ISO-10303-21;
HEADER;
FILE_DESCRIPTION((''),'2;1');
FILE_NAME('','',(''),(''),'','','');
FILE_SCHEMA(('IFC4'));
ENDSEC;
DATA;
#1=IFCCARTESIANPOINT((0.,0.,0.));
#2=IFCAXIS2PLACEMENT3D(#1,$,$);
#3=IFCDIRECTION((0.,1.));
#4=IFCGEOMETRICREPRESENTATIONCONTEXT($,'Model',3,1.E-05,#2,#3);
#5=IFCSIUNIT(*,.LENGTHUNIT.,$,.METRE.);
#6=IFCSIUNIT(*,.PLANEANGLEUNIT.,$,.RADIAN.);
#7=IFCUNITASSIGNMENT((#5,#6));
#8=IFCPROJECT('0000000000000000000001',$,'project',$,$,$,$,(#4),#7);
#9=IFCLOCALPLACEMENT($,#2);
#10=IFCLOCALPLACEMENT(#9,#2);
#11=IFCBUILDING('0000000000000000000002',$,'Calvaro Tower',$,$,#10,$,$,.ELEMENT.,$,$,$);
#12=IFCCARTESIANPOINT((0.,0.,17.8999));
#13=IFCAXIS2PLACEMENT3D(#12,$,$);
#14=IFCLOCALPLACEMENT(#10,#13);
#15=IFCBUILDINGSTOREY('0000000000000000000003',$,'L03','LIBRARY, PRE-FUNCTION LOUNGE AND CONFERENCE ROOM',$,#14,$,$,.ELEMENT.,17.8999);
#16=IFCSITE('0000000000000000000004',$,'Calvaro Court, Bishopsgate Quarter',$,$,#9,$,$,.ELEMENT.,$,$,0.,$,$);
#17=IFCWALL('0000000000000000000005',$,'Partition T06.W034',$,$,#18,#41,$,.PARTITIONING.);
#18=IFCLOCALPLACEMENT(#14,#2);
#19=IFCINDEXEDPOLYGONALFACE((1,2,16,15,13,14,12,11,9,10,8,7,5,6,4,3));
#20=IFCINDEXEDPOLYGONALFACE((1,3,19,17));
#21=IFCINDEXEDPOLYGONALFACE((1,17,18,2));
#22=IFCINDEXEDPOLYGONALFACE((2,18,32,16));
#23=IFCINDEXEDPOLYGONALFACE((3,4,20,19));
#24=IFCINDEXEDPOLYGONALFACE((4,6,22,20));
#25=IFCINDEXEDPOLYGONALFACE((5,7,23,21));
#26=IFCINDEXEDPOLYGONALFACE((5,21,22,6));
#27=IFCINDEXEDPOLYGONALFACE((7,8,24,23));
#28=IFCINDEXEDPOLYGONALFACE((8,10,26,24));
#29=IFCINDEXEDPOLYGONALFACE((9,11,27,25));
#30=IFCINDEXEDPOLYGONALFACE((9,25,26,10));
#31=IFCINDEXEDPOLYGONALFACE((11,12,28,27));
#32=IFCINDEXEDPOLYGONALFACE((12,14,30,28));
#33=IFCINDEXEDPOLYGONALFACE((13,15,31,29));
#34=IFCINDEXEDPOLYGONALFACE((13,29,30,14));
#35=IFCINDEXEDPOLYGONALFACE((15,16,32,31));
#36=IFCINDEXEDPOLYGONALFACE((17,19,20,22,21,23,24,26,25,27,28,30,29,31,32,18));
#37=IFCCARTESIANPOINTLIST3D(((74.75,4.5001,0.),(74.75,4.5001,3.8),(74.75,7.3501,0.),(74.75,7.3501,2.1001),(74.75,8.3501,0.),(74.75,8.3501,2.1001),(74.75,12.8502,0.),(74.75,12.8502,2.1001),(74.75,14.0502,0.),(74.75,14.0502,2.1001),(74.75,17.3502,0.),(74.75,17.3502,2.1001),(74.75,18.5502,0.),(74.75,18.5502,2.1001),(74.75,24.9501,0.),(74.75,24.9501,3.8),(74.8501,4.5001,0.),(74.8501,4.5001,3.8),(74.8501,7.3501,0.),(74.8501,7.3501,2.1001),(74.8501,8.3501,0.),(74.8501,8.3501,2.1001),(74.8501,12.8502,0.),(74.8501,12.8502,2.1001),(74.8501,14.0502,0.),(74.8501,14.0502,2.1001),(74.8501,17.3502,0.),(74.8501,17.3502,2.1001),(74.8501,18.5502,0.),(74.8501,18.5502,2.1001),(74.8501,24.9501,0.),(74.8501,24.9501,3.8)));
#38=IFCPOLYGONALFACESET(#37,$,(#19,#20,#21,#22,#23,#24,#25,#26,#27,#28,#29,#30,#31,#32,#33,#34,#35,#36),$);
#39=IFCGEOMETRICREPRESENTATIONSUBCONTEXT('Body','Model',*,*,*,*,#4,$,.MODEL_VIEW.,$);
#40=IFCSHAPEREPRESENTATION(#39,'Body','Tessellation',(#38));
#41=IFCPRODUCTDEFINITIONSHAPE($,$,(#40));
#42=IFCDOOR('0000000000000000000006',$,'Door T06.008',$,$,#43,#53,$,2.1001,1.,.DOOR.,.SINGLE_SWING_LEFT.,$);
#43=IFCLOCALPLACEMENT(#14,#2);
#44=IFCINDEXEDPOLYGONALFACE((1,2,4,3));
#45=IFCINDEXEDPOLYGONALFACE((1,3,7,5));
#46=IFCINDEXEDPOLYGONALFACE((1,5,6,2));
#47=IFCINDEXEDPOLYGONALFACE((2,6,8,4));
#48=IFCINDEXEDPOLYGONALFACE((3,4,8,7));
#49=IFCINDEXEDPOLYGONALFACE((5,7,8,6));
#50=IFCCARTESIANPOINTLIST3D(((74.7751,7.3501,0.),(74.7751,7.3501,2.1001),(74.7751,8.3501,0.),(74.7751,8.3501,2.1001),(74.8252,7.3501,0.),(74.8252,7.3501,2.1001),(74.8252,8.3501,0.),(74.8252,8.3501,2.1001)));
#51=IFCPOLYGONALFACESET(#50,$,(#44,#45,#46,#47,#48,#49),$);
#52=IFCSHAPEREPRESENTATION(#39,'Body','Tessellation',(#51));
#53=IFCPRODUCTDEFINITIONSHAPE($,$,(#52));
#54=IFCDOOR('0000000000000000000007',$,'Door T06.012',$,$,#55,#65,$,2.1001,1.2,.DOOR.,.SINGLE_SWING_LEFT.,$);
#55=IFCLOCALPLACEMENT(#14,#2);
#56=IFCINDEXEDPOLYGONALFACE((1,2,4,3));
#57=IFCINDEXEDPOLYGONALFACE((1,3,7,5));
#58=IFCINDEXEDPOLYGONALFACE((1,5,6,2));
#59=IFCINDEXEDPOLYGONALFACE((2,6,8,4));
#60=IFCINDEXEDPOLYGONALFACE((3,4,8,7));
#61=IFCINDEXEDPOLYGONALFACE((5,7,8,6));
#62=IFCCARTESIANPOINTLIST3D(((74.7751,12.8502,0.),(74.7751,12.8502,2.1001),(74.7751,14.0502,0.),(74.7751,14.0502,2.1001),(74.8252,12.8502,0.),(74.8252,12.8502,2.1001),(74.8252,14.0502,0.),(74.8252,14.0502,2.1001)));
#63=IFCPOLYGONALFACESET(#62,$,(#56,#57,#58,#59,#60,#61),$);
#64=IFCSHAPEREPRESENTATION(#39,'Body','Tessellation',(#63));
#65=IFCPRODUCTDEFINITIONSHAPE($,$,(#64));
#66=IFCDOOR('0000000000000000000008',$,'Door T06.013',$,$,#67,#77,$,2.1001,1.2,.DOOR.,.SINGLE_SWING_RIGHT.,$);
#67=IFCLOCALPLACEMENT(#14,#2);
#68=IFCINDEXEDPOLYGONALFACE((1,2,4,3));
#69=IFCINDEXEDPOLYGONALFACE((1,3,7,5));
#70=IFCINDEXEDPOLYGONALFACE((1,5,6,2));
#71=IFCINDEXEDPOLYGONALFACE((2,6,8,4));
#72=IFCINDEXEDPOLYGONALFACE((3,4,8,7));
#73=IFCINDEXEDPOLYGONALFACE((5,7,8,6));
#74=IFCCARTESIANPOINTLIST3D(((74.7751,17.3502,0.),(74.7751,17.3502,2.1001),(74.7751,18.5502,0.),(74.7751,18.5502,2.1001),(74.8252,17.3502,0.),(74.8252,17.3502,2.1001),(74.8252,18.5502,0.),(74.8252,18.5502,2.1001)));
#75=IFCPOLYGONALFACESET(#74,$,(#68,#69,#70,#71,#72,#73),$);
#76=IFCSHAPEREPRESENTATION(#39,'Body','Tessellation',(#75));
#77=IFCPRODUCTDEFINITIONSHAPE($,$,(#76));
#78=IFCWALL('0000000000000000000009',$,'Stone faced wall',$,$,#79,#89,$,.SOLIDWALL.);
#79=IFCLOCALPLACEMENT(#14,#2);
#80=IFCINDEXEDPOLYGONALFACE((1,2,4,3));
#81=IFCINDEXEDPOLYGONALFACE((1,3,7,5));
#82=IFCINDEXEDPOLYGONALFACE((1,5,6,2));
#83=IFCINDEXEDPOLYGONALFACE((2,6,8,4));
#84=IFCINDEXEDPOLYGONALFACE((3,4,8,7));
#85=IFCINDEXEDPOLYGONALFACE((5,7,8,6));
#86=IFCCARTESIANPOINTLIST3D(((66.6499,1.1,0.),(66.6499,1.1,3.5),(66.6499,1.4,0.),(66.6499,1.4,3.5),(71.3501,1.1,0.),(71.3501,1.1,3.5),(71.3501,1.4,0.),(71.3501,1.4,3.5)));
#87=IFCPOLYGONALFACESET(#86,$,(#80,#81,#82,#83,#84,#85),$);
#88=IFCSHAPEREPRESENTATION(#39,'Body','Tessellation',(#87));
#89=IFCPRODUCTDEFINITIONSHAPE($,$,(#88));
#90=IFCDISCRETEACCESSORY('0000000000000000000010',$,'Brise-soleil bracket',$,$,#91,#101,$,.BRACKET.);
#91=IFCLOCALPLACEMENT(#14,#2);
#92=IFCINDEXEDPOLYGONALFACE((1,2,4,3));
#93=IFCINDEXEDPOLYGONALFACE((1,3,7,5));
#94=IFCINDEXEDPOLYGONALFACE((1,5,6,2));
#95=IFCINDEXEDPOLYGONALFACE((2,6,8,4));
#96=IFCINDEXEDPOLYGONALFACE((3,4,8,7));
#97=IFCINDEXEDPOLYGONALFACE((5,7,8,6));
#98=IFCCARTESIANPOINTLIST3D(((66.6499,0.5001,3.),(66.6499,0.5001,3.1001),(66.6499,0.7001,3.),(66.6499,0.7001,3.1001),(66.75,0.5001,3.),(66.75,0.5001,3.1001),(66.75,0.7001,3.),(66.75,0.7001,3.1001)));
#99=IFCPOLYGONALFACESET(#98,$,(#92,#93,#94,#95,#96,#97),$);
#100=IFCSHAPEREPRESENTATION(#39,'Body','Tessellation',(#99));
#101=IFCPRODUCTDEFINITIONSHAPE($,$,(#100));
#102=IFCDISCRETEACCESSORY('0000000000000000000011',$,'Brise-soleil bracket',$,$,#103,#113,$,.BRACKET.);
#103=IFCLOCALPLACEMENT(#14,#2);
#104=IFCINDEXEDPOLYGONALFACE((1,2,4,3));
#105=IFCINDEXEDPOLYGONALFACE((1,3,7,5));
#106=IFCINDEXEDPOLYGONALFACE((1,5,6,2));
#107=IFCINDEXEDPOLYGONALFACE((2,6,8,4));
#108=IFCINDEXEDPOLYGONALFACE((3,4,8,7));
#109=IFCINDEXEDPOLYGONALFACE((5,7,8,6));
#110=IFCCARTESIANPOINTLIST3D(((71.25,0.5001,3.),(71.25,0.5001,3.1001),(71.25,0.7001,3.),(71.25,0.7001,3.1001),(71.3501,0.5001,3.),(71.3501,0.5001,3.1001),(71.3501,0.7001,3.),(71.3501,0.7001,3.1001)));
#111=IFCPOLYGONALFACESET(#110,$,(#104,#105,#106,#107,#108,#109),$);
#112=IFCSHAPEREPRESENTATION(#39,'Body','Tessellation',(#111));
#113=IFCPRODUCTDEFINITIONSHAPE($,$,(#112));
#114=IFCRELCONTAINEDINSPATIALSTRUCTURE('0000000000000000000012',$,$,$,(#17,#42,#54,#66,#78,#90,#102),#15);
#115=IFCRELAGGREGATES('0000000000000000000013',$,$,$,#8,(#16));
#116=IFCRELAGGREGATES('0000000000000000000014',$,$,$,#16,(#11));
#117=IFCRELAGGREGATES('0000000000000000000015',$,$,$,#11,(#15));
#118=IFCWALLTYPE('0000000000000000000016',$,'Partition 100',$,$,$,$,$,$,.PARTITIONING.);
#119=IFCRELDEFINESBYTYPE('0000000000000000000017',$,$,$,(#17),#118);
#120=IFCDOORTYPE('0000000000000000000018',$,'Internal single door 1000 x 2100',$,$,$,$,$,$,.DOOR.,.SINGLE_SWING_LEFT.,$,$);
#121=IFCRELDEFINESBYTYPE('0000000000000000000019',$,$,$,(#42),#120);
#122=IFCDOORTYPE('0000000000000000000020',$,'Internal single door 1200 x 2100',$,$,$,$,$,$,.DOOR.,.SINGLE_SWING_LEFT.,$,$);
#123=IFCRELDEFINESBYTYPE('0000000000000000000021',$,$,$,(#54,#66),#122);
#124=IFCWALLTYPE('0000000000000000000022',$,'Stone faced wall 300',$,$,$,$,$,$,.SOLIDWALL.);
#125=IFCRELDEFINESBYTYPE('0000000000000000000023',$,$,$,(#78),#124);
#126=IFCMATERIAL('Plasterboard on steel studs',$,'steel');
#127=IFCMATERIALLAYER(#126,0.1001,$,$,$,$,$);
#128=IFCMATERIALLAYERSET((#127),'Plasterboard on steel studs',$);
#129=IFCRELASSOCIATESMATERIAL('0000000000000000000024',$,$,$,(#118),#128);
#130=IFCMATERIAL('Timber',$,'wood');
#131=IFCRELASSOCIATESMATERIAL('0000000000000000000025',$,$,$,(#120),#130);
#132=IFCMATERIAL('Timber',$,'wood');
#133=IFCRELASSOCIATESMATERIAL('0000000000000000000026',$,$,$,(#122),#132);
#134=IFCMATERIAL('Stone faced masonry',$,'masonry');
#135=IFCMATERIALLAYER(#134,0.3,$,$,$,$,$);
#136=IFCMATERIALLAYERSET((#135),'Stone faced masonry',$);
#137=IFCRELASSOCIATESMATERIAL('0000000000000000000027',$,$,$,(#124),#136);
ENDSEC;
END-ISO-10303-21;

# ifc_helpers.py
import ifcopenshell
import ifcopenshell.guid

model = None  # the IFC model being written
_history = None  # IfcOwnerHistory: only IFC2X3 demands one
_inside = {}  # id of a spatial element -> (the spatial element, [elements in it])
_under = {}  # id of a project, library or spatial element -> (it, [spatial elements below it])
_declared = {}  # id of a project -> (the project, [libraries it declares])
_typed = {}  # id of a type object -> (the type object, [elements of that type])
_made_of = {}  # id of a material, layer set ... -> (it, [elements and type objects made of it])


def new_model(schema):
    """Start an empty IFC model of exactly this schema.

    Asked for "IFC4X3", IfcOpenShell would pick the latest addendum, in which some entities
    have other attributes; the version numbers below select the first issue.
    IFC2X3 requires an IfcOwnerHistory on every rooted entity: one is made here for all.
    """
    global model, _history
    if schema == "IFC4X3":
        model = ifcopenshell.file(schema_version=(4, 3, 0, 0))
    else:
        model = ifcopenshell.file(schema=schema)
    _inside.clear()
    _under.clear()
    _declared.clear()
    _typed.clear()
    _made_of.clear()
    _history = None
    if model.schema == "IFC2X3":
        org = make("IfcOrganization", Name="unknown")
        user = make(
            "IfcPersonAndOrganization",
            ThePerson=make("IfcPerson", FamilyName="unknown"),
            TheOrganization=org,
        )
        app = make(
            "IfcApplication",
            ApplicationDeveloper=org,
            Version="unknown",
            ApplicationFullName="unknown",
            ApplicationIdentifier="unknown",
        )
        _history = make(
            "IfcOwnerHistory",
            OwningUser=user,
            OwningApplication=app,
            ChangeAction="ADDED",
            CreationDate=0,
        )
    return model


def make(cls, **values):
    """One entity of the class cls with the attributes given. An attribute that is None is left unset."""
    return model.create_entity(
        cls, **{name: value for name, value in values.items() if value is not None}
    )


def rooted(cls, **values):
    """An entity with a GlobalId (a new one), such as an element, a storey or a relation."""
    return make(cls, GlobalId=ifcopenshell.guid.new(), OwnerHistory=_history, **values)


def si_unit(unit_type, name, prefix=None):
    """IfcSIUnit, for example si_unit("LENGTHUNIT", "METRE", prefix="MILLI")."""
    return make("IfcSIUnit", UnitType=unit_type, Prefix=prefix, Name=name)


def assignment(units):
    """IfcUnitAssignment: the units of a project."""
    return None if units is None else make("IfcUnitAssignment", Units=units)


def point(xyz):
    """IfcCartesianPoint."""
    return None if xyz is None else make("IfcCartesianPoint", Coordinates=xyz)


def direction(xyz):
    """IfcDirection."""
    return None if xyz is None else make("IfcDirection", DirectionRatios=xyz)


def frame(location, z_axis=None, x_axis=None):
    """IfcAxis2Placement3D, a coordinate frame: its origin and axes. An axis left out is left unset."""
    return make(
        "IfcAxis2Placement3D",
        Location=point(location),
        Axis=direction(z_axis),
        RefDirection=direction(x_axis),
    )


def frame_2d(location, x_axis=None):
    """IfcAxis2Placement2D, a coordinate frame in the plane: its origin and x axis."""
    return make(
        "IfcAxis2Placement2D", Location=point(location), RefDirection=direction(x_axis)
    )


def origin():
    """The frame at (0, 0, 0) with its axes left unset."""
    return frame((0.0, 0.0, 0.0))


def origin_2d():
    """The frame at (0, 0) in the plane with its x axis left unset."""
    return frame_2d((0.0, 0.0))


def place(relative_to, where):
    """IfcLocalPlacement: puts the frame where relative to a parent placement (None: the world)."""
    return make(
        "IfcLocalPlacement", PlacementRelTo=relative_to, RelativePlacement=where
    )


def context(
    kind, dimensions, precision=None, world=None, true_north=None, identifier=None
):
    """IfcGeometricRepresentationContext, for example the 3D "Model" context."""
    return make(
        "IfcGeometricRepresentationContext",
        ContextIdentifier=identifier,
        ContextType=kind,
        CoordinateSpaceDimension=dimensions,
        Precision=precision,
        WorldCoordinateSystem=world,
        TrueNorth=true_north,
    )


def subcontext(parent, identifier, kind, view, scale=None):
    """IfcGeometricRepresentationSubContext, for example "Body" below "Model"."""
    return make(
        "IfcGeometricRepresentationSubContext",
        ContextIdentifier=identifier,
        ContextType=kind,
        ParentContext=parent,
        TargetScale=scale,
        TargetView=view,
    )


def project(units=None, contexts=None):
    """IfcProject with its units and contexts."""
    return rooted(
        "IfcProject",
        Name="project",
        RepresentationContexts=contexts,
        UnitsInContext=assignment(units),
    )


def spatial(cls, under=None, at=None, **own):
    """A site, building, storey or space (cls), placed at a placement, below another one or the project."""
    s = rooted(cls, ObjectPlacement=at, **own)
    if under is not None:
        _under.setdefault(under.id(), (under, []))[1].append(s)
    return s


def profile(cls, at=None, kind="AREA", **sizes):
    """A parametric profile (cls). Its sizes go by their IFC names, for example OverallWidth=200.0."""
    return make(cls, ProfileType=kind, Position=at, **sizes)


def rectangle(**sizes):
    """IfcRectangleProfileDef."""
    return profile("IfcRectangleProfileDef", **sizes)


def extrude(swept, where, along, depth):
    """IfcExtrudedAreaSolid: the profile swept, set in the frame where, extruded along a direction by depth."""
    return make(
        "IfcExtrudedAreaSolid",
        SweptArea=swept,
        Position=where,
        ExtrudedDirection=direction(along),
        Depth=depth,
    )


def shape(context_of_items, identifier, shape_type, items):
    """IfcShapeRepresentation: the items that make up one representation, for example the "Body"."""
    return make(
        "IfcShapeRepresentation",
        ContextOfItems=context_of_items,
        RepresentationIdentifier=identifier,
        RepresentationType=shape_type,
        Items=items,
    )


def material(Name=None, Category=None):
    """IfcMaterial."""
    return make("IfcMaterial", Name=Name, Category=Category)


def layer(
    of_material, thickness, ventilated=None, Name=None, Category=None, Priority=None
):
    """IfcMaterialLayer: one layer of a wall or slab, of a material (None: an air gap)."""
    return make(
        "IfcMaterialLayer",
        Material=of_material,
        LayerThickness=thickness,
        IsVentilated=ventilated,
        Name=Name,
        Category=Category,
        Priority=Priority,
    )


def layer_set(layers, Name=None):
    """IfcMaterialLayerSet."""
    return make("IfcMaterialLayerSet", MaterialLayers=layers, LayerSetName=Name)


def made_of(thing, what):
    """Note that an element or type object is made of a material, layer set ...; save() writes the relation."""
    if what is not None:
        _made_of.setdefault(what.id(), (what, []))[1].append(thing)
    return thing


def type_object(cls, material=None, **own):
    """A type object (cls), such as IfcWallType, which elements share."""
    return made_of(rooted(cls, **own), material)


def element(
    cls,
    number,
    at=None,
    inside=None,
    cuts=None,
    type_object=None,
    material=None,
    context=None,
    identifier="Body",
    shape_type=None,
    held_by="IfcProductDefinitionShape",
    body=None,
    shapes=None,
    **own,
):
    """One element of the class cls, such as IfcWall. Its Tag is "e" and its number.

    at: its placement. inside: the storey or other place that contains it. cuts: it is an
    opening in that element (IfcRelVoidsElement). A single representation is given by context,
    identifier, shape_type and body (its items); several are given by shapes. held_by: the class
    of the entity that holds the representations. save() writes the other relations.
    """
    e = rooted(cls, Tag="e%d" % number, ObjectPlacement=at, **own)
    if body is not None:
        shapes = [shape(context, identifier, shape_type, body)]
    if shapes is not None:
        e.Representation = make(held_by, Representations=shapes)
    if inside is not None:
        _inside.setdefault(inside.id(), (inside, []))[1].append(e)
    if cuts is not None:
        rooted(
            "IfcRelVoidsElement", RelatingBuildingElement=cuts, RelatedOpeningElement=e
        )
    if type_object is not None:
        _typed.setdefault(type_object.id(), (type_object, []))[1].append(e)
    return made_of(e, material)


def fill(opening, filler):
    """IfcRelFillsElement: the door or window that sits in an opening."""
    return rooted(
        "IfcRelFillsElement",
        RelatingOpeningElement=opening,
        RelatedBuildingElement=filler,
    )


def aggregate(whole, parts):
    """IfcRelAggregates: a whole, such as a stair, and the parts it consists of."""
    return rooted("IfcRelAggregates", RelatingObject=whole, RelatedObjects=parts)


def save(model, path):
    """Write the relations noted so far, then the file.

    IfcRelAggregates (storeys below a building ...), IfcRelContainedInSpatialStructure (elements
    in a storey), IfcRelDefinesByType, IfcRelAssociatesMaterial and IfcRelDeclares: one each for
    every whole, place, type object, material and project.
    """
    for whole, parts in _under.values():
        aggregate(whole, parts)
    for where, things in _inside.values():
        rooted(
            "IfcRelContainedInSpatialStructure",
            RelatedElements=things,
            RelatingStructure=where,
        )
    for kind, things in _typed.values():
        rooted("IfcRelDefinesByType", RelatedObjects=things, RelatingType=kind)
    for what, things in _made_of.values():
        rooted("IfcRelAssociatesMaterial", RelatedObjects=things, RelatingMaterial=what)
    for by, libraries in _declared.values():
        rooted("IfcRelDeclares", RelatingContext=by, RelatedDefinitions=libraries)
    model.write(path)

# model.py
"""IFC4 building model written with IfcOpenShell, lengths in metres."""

from ifc_helpers import new_model, si_unit, direction, frame, frame_2d, origin, origin_2d, place, context, subcontext, project, spatial, rectangle, extrude, material, layer, layer_set, type_object, element, fill, save


model = new_model("IFC4")

# Units and contexts
model_context = context("Model", 3, precision=1e-05, world=origin(), true_north=direction((0.0, 1.0)))
body_context = subcontext(model_context, "Body", "Model", "MODEL_VIEW")
ifc_project = project(units=[si_unit("LENGTHUNIT", "METRE"), si_unit("PLANEANGLEUNIT", "RADIAN")], contexts=[model_context])

# Site, building, storey
site_placement = place(None, origin())
site = spatial("IfcSite", under=ifc_project, at=site_placement, Name="Calvaro Court, Bishopsgate Quarter", CompositionType="ELEMENT", RefElevation=0.0)
building_placement = place(site_placement, origin())
building = spatial("IfcBuilding", under=site, at=building_placement, Name="Calvaro Tower", CompositionType="ELEMENT")
storey_placement = place(building_placement, frame((0.0, 0.0, 17.8999)))
storey = spatial("IfcBuildingStorey", under=building, at=storey_placement, Name="L03", Description="LIBRARY, PRE-FUNCTION LOUNGE AND CONFERENCE ROOM", CompositionType="ELEMENT", Elevation=17.8999)

# Shared definitions
ifc_material_1 = material(Name="Plasterboard on steel studs", Category="steel")
ifc_layer_1 = layer(ifc_material_1, 0.1001)
ifc_layer_set_1 = layer_set([ifc_layer_1], Name="Plasterboard on steel studs")
wall_type_1 = type_object("IfcWallType", Name="Partition 100", PredefinedType="PARTITIONING", material=ifc_layer_set_1)

# Wall, openings, doors
wall_1_placement = place(storey_placement, frame((74.8, 4.5, 0.0), z_axis=(0.0, 0.0, 1.0), x_axis=(0.0, 1.0, 0.0)))
wall_1 = element("IfcWall", 1, at=wall_1_placement, inside=storey, type_object=wall_type_1, Name="Partition T06.W034", PredefinedType="PARTITIONING", context=body_context, shape_type="SweptSolid", body=[
    extrude(rectangle(XDim=20.45, YDim=0.1001, at=frame_2d((10.2251, 0.0))), origin(), (0.0, 0.0, 1.0), 3.8),
])
opening_1_placement = place(wall_1_placement, frame((2.8501, 0.0, 0.0)))
opening_1 = element("IfcOpeningElement", 2, at=opening_1_placement, cuts=wall_1, PredefinedType="OPENING", context=body_context, shape_type="SweptSolid", body=[
    extrude(rectangle(XDim=1.0, YDim=2.1001, at=frame_2d((0.5, 1.05))), frame((0.0, 0.0601, 0.0), z_axis=(0.0, -1.0, 0.0), x_axis=(1.0, 0.0, 0.0)), (0.0, 0.0, 1.0), 0.1201),
])
opening_2_placement = place(wall_1_placement, frame((8.3501, 0.0, 0.0)))
opening_2 = element("IfcOpeningElement", 3, at=opening_2_placement, cuts=wall_1, PredefinedType="OPENING", context=body_context, shape_type="SweptSolid", body=[
    extrude(rectangle(XDim=1.2, YDim=2.1001, at=frame_2d((0.6001, 1.05))), frame((0.0, 0.0601, 0.0), z_axis=(0.0, -1.0, 0.0), x_axis=(1.0, 0.0, 0.0)), (0.0, 0.0, 1.0), 0.1201),
])
opening_3_placement = place(wall_1_placement, frame((12.8501, 0.0, 0.0)))
opening_3 = element("IfcOpeningElement", 4, at=opening_3_placement, cuts=wall_1, PredefinedType="OPENING", context=body_context, shape_type="SweptSolid", body=[
    extrude(rectangle(XDim=1.2, YDim=2.1001, at=frame_2d((0.6001, 1.05))), frame((0.0, 0.0601, 0.0), z_axis=(0.0, -1.0, 0.0), x_axis=(1.0, 0.0, 0.0)), (0.0, 0.0, 1.0), 0.1201),
])
ifc_material_2 = material(Name="Timber", Category="wood")
door_type_1 = type_object("IfcDoorType", Name="Internal single door 1000 x 2100", OperationType="SINGLE_SWING_LEFT", PredefinedType="DOOR", material=ifc_material_2)
door_1_placement = place(opening_1_placement, origin())
door_1 = element("IfcDoor", 5, at=door_1_placement, inside=storey, type_object=door_type_1, Name="Door T06.008", OperationType="SINGLE_SWING_LEFT", OverallHeight=2.1001, OverallWidth=1.0, PredefinedType="DOOR", context=body_context, shape_type="SweptSolid", body=[
    extrude(rectangle(XDim=1.0, YDim=2.1001, at=frame_2d((0.5, 1.05))), frame((0.0, 0.0249, 0.0), z_axis=(0.0, -1.0, 0.0), x_axis=(1.0, 0.0, 0.0)), (0.0, 0.0, 1.0), 0.05),
])
fill(opening_1, door_1)
ifc_material_3 = material(Name="Timber", Category="wood")
door_type_2 = type_object("IfcDoorType", Name="Internal single door 1200 x 2100", OperationType="SINGLE_SWING_LEFT", PredefinedType="DOOR", material=ifc_material_3)
door_2_placement = place(opening_2_placement, origin())
door_2 = element("IfcDoor", 6, at=door_2_placement, inside=storey, type_object=door_type_2, Name="Door T06.012", OperationType="SINGLE_SWING_LEFT", OverallHeight=2.1001, OverallWidth=1.2, PredefinedType="DOOR", context=body_context, shape_type="SweptSolid", body=[
    extrude(rectangle(XDim=1.2, YDim=2.1001, at=frame_2d((0.6001, 1.05))), frame((0.0, 0.0249, 0.0), z_axis=(0.0, -1.0, 0.0), x_axis=(1.0, 0.0, 0.0)), (0.0, 0.0, 1.0), 0.05),
])
fill(opening_2, door_2)
door_3_placement = place(opening_3_placement, origin())
door_3 = element("IfcDoor", 7, at=door_3_placement, inside=storey, type_object=door_type_2, Name="Door T06.013", OperationType="SINGLE_SWING_RIGHT", OverallHeight=2.1001, OverallWidth=1.2, PredefinedType="DOOR", context=body_context, shape_type="SweptSolid", body=[
    extrude(rectangle(XDim=1.2, YDim=2.1001, at=frame_2d((0.6001, 1.05))), frame((0.0, 0.0249, 0.0), z_axis=(0.0, -1.0, 0.0), x_axis=(1.0, 0.0, 0.0)), (0.0, 0.0, 1.0), 0.05),
])
fill(opening_3, door_3)

# Wall
ifc_material_4 = material(Name="Stone faced masonry", Category="masonry")
ifc_layer_2 = layer(ifc_material_4, 0.3)
ifc_layer_set_2 = layer_set([ifc_layer_2], Name="Stone faced masonry")
wall_type_2 = type_object("IfcWallType", Name="Stone faced wall 300", PredefinedType="SOLIDWALL", material=ifc_layer_set_2)
wall_2_placement = place(storey_placement, frame((66.6499, 1.25, 0.0), z_axis=(0.0, 0.0, 1.0), x_axis=(1.0, 0.0, 0.0)))
element("IfcWall", 8, at=wall_2_placement, inside=storey, type_object=wall_type_2, Name="Stone faced wall", PredefinedType="SOLIDWALL", context=body_context, shape_type="SweptSolid", body=[
    extrude(rectangle(XDim=4.7002, YDim=0.3, at=frame_2d((2.3501, 0.0))), origin(), (0.0, 0.0, 1.0), 3.5),
])

# Discrete accessories
for number, where, z_axis, x_axis, name in (
    (9, (66.7, 0.6001, 3.0), (0.0, 0.0, 1.0), (1.0, 0.0, 0.0), "Brise-soleil bracket"),
    (10, (71.3, 0.6001, 3.0), (0.0, 0.0, 1.0), (1.0, 0.0, 0.0), "Brise-soleil bracket"),
):
    element("IfcDiscreteAccessory", number, at=place(storey_placement, frame(where, z_axis=z_axis, x_axis=x_axis)), inside=storey, Name=name, PredefinedType="BRACKET", context=body_context, shape_type="SweptSolid", body=[
        extrude(rectangle(XDim=0.1001, YDim=0.2, at=origin_2d()), origin(), (0.0, 0.0, 1.0), 0.1001),
    ])

save(model, "model.ifc")
